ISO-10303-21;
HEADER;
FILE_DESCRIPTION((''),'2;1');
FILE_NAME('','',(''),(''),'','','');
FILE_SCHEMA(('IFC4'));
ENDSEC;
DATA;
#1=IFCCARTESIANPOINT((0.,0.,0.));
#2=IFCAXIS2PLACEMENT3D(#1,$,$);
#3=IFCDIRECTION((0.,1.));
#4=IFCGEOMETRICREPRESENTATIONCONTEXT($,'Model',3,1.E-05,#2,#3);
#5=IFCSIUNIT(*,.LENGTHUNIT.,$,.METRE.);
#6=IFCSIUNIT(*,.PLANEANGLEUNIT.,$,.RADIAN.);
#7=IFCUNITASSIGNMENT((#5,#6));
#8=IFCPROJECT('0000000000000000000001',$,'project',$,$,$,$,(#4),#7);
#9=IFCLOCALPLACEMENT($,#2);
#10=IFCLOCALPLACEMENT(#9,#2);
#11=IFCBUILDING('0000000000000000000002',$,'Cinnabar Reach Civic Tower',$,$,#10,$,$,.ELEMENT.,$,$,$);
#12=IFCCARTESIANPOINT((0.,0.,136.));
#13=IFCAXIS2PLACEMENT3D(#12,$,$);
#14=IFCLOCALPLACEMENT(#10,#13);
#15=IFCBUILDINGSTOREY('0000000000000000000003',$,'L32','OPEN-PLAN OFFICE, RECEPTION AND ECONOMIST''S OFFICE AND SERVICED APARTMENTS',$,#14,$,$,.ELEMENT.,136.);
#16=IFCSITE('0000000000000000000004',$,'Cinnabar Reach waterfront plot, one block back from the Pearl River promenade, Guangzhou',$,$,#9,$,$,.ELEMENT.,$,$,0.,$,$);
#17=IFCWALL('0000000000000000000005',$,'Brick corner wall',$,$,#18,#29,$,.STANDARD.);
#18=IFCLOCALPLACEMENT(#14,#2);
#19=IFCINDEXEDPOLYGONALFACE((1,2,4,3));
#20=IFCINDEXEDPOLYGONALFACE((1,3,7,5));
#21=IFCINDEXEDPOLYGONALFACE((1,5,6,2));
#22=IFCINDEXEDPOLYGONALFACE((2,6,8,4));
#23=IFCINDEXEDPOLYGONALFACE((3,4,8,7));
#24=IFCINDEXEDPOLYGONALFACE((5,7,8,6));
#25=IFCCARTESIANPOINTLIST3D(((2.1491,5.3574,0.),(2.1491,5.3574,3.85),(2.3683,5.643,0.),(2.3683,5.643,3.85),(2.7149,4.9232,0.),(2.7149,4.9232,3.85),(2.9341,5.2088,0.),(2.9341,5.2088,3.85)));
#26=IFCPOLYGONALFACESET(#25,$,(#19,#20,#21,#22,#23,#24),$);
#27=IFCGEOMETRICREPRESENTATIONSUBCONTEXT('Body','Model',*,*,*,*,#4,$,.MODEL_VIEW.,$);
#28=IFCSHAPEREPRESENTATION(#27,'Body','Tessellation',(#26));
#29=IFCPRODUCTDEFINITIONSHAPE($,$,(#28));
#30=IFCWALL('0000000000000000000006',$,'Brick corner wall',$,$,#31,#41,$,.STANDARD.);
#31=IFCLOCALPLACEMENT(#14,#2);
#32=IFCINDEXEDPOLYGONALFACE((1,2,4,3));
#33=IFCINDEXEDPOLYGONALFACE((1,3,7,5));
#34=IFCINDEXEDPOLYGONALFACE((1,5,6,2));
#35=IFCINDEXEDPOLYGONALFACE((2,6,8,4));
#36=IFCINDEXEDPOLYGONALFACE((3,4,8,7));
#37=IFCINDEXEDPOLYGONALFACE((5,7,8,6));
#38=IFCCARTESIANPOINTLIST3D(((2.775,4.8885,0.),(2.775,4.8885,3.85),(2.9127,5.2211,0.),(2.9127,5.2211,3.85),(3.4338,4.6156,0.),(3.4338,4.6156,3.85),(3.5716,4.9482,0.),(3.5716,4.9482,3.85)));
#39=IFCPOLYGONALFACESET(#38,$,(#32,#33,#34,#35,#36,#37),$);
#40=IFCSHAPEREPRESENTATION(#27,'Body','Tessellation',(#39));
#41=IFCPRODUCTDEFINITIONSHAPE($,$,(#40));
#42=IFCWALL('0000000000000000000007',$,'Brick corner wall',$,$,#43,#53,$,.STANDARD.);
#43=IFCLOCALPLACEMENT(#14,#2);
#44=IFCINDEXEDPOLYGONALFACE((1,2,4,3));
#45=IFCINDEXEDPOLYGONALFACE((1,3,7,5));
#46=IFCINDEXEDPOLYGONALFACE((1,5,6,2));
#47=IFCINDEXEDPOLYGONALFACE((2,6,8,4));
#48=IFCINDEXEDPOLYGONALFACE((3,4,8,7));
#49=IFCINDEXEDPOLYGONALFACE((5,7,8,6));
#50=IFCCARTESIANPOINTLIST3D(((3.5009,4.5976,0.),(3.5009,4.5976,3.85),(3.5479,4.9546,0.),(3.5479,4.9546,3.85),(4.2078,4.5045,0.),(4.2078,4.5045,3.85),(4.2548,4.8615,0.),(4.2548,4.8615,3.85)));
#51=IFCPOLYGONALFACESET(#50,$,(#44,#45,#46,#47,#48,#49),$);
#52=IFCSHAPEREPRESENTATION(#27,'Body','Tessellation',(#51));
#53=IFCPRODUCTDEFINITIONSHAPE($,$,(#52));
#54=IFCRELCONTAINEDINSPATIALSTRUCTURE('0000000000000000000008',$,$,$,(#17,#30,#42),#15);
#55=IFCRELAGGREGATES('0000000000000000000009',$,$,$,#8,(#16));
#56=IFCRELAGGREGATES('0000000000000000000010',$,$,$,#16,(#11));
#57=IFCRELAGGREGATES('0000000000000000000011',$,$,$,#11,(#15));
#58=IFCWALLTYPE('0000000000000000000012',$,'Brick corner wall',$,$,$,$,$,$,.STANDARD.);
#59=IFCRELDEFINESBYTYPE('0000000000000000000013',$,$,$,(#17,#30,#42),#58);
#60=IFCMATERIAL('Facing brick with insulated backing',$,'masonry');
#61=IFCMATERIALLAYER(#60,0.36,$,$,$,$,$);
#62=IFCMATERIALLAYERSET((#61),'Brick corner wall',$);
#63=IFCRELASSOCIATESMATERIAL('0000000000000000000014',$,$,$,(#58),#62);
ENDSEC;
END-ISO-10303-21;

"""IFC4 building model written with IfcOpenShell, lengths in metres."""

from ifc_helpers import new_model, si_unit, direction, frame, frame_2d, origin, place, context, subcontext, project, spatial, rectangle, extrude, material, layer, layer_set, type_object, element, save


model = new_model("IFC4")

# Units and contexts
model_context = context("Model", 3, precision=1e-05, world=origin(), true_north=direction((0.0, 1.0)))
body_context = subcontext(model_context, "Body", "Model", "MODEL_VIEW")
ifc_project = project(units=[si_unit("LENGTHUNIT", "METRE"), si_unit("PLANEANGLEUNIT", "RADIAN")], contexts=[model_context])

# Site, building, storey
site_placement = place(None, origin())
site = spatial("IfcSite", under=ifc_project, at=site_placement, Name="Cinnabar Reach waterfront plot, one block back from the Pearl River promenade, Guangzhou", CompositionType="ELEMENT", RefElevation=0.0)
building_placement = place(site_placement, origin())
building = spatial("IfcBuilding", under=site, at=building_placement, Name="Cinnabar Reach Civic Tower", CompositionType="ELEMENT")
storey_placement = place(building_placement, frame((0.0, 0.0, 136.0)))
storey = spatial("IfcBuildingStorey", under=building, at=storey_placement, Name="L32", Description="OPEN-PLAN OFFICE, RECEPTION AND ECONOMIST'S OFFICE AND SERVICED APARTMENTS", CompositionType="ELEMENT", Elevation=136.0)

# Walls
ifc_material_1 = material(Name="Facing brick with insulated backing", Category="masonry")
ifc_layer_1 = layer(ifc_material_1, 0.36)
ifc_layer_set_1 = layer_set([ifc_layer_1], Name="Brick corner wall")
wall_type_1 = type_object("IfcWallType", Name="Brick corner wall", PredefinedType="STANDARD", material=ifc_layer_set_1)
wall_1_placement = place(storey_placement, frame((2.2587, 5.5002, 0.0), z_axis=(0.0, 0.0, 1.0), x_axis=(0.793322, -0.608802, 0.0)))
element("IfcWall", 1, at=wall_1_placement, inside=storey, type_object=wall_type_1, Name="Brick corner wall", PredefinedType="STANDARD", context=body_context, shape_type="SweptSolid", body=[
    extrude(rectangle(XDim=0.7132, YDim=0.36, at=frame_2d((0.3566, 0.0))), origin(), (0.0, 0.0, 1.0), 3.85),
])
for number, where, z_axis, x_axis, name in (
    (2, (2.8439, 5.0548, 0.0), (0.0, 0.0, 1.0), (0.923872, -0.382703, 0.0), "Brick corner wall"),
    (3, (3.5244, 4.7761, 0.0), (0.0, 0.0, 1.0), (0.991441, -0.130556, 0.0), "Brick corner wall"),
):
    element("IfcWall", number, at=place(storey_placement, frame(where, z_axis=z_axis, x_axis=x_axis)), inside=storey, type_object=wall_type_1, Name=name, PredefinedType="STANDARD", context=body_context, shape_type="SweptSolid", body=[
        extrude(rectangle(XDim=0.7131, YDim=0.36, at=frame_2d((0.3565, 0.0))), origin(), (0.0, 0.0, 1.0), 3.85),
    ])

save(model, "model.ifc")
